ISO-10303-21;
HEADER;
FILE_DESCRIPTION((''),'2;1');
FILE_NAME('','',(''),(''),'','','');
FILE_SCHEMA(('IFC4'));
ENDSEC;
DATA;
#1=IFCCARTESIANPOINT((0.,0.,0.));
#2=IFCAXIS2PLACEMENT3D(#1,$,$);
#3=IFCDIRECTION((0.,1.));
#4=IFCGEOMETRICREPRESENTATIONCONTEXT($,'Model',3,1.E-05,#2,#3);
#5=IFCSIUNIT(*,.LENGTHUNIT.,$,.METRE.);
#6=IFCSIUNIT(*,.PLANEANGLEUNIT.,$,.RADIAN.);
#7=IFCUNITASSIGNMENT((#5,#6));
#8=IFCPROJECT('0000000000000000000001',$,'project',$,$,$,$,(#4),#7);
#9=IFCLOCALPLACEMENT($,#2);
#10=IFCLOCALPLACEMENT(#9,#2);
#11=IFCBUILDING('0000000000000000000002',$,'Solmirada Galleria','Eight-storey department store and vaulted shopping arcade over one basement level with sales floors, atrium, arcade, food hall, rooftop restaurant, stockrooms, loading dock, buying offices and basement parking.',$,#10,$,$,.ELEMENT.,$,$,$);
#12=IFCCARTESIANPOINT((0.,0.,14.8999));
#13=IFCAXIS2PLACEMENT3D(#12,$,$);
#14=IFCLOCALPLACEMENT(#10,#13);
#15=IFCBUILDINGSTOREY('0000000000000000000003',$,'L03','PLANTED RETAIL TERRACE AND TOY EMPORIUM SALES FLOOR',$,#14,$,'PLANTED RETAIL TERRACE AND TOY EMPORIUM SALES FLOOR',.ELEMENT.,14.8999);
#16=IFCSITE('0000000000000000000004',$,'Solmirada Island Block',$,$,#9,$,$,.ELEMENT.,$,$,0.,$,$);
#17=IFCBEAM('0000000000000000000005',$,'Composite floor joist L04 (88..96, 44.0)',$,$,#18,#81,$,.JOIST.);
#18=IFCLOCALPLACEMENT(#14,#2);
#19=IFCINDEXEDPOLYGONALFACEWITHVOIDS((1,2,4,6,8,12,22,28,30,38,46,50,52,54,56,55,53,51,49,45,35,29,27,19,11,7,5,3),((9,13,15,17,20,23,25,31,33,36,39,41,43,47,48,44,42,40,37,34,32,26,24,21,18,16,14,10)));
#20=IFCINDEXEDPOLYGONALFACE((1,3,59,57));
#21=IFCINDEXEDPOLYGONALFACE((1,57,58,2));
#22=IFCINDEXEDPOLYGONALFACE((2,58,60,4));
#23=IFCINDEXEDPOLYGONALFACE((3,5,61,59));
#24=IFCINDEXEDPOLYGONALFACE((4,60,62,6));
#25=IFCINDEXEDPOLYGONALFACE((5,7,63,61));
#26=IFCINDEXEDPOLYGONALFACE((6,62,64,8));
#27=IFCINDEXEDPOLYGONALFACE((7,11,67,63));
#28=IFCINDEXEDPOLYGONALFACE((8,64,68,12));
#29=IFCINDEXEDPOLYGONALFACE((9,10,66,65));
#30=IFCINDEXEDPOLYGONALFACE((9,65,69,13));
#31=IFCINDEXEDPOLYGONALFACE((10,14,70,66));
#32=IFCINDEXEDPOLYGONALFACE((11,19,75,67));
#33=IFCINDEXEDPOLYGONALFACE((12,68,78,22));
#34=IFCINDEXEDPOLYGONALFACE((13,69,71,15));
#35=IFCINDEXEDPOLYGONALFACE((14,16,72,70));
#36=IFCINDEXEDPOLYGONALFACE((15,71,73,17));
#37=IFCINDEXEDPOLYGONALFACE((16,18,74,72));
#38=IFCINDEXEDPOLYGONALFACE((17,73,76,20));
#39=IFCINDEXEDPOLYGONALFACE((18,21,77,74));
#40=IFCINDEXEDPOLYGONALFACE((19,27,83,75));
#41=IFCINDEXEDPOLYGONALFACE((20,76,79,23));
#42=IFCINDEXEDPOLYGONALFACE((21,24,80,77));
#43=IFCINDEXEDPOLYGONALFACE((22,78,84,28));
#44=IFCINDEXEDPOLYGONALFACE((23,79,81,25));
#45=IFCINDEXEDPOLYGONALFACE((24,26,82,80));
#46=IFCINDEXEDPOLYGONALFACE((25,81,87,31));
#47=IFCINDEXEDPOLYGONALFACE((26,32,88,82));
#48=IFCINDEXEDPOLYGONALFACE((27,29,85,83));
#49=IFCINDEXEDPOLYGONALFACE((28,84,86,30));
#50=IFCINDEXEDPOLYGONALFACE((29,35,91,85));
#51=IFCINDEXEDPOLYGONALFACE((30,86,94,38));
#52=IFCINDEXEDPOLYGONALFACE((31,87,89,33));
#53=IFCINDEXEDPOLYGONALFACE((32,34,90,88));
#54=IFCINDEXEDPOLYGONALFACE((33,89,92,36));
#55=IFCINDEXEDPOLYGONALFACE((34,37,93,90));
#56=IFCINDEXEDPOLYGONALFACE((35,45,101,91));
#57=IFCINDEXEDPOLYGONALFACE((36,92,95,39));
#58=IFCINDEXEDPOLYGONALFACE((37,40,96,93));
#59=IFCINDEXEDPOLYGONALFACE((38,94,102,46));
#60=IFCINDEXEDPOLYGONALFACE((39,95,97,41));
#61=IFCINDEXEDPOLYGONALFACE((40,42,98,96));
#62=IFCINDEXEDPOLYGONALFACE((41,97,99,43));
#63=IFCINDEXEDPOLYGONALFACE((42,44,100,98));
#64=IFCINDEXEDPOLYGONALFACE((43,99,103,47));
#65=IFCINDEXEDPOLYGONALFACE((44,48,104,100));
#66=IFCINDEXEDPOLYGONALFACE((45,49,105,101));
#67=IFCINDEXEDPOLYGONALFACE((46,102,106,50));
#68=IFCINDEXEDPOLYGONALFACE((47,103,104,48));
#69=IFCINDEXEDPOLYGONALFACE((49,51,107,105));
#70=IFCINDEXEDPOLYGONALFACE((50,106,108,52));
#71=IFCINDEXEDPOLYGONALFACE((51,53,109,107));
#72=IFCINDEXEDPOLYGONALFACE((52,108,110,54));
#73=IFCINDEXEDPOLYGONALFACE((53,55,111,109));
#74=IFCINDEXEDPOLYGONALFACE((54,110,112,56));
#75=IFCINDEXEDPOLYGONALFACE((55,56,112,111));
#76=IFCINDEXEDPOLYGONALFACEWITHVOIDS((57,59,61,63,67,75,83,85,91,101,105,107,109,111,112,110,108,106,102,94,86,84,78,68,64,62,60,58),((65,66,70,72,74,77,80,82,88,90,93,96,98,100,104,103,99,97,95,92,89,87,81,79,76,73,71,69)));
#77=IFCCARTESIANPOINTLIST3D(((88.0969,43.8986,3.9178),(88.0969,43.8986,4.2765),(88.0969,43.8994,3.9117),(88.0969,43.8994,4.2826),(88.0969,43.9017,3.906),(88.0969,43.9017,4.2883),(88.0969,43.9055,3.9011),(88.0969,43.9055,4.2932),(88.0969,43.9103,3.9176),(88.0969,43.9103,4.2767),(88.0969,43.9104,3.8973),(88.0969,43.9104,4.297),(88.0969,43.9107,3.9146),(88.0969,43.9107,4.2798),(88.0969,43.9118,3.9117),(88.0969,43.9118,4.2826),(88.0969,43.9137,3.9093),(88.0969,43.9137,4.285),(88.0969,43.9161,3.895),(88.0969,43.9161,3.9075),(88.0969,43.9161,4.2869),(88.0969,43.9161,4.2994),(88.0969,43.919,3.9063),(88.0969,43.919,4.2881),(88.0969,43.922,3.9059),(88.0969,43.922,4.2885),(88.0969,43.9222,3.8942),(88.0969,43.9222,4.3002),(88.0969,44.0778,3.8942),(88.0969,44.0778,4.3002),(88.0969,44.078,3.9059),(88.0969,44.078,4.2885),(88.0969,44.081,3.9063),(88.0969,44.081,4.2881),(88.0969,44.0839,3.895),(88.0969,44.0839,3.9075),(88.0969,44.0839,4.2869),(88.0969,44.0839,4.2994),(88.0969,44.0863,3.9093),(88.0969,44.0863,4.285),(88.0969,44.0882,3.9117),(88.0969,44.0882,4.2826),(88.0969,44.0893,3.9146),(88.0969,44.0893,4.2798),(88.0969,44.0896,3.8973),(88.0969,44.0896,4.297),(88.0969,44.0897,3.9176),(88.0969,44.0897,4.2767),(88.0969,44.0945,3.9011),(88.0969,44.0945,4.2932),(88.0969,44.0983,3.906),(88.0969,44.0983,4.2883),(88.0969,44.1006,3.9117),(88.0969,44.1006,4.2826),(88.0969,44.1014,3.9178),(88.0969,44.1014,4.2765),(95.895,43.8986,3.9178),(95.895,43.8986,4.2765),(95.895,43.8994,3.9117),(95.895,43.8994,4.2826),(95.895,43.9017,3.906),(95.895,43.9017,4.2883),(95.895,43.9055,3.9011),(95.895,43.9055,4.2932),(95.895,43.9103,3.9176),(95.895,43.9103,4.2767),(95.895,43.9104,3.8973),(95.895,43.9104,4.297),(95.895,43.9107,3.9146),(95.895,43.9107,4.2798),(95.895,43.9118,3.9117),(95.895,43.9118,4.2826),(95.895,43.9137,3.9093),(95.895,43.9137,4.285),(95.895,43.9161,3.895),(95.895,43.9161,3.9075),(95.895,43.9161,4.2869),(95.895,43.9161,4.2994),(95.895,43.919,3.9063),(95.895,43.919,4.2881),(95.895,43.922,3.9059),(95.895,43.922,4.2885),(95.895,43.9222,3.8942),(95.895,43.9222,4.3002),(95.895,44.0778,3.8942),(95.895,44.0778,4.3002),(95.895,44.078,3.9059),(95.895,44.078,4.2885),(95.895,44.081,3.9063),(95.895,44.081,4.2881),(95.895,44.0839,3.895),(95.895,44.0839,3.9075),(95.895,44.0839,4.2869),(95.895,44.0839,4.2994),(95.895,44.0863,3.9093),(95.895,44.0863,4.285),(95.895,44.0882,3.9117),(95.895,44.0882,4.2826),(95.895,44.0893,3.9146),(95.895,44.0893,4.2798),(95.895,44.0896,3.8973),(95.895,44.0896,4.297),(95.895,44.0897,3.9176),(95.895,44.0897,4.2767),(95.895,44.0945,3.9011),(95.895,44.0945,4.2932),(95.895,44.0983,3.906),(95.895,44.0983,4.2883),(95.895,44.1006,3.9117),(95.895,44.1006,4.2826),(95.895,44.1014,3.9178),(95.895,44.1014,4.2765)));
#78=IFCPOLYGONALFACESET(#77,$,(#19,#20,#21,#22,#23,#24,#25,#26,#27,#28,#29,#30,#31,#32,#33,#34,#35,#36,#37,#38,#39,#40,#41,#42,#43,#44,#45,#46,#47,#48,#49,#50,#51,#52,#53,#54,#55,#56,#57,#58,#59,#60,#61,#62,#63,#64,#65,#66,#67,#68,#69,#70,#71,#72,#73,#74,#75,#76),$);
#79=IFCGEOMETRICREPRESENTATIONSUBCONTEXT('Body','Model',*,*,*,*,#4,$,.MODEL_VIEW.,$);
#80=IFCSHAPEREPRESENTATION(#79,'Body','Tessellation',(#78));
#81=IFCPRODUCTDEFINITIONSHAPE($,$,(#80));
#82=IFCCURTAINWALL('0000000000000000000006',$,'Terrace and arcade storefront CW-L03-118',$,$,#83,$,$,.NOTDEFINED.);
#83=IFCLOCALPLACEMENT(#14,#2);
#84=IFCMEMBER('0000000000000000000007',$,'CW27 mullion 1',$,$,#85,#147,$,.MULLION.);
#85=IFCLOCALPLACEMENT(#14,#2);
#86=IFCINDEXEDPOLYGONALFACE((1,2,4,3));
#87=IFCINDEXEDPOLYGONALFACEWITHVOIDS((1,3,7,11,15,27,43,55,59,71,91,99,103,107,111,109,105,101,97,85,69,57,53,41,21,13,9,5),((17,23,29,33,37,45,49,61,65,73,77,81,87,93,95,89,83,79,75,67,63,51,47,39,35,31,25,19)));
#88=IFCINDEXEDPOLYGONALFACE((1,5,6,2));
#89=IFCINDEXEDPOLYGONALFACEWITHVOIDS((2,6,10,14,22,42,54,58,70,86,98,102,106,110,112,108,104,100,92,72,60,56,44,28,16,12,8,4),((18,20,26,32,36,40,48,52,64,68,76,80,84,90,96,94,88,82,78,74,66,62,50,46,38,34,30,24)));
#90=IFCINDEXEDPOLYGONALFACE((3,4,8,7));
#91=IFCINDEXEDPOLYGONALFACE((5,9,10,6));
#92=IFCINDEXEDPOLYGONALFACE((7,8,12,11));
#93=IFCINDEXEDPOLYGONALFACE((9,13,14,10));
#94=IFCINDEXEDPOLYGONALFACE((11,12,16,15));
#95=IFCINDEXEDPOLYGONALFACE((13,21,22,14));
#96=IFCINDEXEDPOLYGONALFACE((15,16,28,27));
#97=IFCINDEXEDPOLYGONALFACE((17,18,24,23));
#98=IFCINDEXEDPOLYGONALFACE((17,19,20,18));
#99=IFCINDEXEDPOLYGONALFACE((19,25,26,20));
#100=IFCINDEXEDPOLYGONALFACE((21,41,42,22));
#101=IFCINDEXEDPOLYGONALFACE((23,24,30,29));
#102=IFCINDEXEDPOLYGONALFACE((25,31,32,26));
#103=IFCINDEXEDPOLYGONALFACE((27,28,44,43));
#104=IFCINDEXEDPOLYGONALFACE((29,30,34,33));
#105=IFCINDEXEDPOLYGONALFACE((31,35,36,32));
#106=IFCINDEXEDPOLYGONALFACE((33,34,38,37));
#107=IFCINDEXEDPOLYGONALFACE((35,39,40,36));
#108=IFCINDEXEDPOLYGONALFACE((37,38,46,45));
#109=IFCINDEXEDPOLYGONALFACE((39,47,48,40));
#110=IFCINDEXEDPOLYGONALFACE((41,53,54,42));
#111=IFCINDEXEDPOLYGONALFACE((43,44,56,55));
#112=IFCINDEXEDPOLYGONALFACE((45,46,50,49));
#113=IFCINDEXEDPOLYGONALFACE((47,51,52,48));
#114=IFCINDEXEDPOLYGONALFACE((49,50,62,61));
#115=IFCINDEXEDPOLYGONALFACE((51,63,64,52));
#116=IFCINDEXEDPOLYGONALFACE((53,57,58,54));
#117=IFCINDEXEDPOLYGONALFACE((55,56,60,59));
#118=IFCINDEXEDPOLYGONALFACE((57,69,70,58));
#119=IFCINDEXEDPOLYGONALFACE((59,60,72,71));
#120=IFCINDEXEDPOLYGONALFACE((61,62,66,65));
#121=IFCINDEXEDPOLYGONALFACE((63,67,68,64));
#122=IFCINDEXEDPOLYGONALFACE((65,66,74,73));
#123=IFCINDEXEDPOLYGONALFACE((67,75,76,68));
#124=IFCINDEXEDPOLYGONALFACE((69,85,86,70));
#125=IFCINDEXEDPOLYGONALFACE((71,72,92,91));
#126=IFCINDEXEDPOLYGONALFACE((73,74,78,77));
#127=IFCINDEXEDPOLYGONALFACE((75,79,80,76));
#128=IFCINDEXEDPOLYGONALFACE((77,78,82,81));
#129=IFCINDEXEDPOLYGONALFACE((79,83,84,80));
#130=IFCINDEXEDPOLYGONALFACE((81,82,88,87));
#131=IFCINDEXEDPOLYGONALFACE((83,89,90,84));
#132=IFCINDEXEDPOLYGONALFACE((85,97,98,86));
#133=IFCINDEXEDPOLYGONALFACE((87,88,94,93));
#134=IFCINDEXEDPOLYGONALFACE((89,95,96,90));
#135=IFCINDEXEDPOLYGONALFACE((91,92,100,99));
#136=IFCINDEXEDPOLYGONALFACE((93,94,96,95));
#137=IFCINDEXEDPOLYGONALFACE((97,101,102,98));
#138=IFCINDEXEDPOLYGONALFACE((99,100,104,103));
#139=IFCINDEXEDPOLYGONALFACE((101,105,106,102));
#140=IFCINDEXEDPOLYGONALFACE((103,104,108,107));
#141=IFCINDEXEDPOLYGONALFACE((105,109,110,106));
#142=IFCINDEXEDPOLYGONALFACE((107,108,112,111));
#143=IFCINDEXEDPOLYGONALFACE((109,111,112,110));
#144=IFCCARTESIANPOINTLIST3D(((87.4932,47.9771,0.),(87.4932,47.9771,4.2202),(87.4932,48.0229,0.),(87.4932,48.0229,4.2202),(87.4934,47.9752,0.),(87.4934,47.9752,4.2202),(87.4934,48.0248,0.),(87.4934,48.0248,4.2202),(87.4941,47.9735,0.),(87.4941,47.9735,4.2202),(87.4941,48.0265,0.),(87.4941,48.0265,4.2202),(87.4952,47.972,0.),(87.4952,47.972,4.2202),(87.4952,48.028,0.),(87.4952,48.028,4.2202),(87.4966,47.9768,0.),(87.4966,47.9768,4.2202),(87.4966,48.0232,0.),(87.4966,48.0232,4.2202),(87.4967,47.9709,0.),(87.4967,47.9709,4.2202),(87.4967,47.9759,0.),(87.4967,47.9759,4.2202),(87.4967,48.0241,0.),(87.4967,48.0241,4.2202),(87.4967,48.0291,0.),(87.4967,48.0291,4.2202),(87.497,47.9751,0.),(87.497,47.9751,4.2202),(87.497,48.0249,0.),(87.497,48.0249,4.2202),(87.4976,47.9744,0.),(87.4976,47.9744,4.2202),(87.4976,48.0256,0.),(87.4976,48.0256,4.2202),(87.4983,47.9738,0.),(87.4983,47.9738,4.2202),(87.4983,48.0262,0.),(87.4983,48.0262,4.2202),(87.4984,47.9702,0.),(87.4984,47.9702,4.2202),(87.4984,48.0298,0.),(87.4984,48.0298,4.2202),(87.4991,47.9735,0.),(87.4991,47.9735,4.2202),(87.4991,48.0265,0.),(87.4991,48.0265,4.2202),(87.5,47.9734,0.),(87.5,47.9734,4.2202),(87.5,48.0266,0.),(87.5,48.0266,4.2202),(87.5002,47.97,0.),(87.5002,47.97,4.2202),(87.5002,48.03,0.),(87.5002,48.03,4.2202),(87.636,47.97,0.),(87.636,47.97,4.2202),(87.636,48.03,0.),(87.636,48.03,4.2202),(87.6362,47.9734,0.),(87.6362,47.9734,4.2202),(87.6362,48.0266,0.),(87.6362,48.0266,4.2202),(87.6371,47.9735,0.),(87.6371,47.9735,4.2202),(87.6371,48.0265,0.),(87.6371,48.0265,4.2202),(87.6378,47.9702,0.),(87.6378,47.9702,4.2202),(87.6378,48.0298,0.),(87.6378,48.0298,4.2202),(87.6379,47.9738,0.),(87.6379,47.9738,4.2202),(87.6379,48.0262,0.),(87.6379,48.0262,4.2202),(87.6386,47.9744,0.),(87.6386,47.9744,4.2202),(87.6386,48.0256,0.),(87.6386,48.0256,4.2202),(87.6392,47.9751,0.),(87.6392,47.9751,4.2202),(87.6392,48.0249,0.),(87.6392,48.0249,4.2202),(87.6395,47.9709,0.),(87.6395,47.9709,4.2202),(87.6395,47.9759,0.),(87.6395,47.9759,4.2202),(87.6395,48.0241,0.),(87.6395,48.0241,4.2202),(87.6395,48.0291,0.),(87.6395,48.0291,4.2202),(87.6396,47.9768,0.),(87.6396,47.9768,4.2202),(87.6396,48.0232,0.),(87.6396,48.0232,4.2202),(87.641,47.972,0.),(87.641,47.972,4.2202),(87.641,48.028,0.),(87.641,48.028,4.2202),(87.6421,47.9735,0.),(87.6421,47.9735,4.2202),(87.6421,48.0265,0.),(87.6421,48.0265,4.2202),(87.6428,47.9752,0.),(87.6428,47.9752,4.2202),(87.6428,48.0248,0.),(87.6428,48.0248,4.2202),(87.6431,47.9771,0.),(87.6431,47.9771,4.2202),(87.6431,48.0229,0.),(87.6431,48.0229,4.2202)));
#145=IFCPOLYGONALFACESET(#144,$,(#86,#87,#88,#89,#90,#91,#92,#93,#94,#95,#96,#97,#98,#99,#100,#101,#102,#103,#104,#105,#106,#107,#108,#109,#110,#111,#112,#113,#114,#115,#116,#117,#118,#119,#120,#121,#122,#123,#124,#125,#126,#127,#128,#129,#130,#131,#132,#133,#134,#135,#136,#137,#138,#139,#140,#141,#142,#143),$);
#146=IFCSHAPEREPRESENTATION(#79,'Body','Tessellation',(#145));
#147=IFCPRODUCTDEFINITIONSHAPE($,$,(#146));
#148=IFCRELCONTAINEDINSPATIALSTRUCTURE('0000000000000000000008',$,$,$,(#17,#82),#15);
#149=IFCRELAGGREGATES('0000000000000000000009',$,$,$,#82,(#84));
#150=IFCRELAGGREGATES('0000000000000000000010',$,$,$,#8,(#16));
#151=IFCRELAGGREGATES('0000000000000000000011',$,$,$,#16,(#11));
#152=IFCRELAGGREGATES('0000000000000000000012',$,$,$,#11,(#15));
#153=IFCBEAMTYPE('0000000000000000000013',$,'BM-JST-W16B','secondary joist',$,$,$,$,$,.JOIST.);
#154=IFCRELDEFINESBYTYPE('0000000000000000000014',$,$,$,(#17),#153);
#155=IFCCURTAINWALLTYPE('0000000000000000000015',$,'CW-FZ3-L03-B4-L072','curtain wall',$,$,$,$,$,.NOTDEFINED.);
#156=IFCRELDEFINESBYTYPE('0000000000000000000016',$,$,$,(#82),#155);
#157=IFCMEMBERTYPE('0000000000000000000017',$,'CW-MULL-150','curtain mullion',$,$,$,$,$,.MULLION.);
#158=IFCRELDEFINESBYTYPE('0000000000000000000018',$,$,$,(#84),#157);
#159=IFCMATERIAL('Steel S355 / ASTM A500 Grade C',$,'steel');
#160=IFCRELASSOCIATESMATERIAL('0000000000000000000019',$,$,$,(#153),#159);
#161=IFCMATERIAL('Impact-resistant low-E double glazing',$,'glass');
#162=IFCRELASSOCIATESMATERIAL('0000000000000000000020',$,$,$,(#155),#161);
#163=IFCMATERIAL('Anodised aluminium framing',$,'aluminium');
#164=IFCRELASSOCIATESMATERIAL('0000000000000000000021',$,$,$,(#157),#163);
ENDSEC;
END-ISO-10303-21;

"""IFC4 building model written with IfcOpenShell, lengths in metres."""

from ifc_helpers import new_model, si_unit, direction, frame, origin, origin_2d, place, context, subcontext, project, spatial, hollow_rectangle, extrude, material, material_profile, profile_set, type_object, element, aggregate, save


model = new_model("IFC4")

# Units and contexts
model_context = context("Model", 3, precision=1e-05, world=origin(), true_north=direction((0.0, 1.0)))
body_context = subcontext(model_context, "Body", "Model", "MODEL_VIEW")
ifc_project = project(units=[si_unit("LENGTHUNIT", "METRE"), si_unit("PLANEANGLEUNIT", "RADIAN")], contexts=[model_context])

# Site, building, storey
site_placement = place(None, origin())
site = spatial("IfcSite", under=ifc_project, at=site_placement, Name="Solmirada Island Block", CompositionType="ELEMENT", RefElevation=0.0)
building_placement = place(site_placement, origin())
building = spatial("IfcBuilding", under=site, at=building_placement, Name="Solmirada Galleria", Description="Eight-storey department store and vaulted shopping arcade over one basement level with sales floors, atrium, arcade, food hall, rooftop restaurant, stockrooms, loading dock, buying offices and basement parking.", CompositionType="ELEMENT")
storey_placement = place(building_placement, frame((0.0, 0.0, 14.8999)))
storey = spatial("IfcBuildingStorey", under=building, at=storey_placement, Name="L03", Description="PLANTED RETAIL TERRACE AND TOY EMPORIUM SALES FLOOR", LongName="PLANTED RETAIL TERRACE AND TOY EMPORIUM SALES FLOOR", CompositionType="ELEMENT", Elevation=14.8999)

# Beam
ifc_material_1 = material(Name="Steel S355 / ASTM A500 Grade C", Category="steel")
ifc_material_profile_1 = material_profile(ifc_material_1, hollow_rectangle(XDim=0.2029, YDim=0.406, WallThickness=0.0117, InnerFilletRadius=0.0117, OuterFilletRadius=0.0237, at=origin_2d()), Name="HSS16X8X1/2")
ifc_profile_set_1 = profile_set([ifc_material_profile_1], Name="Steel S355 / ASTM A500 Grade C")
beam_type_1 = type_object("IfcBeamType", Name="BM-JST-W16B", Description="secondary joist", PredefinedType="JOIST", material=ifc_profile_set_1)
beam_1_placement = place(storey_placement, frame((88.0969, 44.0, 4.0972), z_axis=(1.0, 0.0, 0.0), x_axis=(0.0, 1.0, 0.0)))
element("IfcBeam", 1, at=beam_1_placement, inside=storey, type_object=beam_type_1, Name="Composite floor joist L04 (88..96, 44.0)", PredefinedType="JOIST", context=body_context, shape_type="SweptSolid", body=[
    extrude(hollow_rectangle(XDim=0.2029, YDim=0.406, WallThickness=0.0117, InnerFilletRadius=0.0117, OuterFilletRadius=0.0237, at=origin_2d()), origin(), (0.0, 0.0, 1.0), 7.7981),
])

# Curtain wall, member
ifc_material_2 = material(Name="Impact-resistant low-E double glazing", Category="glass")
curtain_wall_type = type_object("IfcCurtainWallType", Name="CW-FZ3-L03-B4-L072", Description="curtain wall", PredefinedType="NOTDEFINED", material=ifc_material_2)
curtain_wall_1_placement = place(storey_placement, origin())
curtain_wall_1 = element("IfcCurtainWall", 2, at=curtain_wall_1_placement, inside=storey, type_object=curtain_wall_type, Name="Terrace and arcade storefront CW-L03-118", PredefinedType="NOTDEFINED")
ifc_material_3 = material(Name="Anodised aluminium framing", Category="aluminium")
ifc_material_profile_2 = material_profile(ifc_material_3, hollow_rectangle(XDim=0.0601, YDim=0.1499, WallThickness=0.0034, InnerFilletRadius=0.0034, OuterFilletRadius=0.0071, at=origin_2d()), Name="ALU-MULL-150X60")
ifc_profile_set_2 = profile_set([ifc_material_profile_2], Name="Anodised aluminium framing")
member_type_1 = type_object("IfcMemberType", Name="CW-MULL-150", Description="curtain mullion", PredefinedType="MULLION", material=ifc_profile_set_2)
member_1_placement = place(storey_placement, frame((87.5681, 48.0, 0.0), z_axis=(0.0, 0.0, 1.0), x_axis=(0.0, -1.0, 0.0)))
member_1 = element("IfcMember", 3, at=member_1_placement, type_object=member_type_1, Name="CW27 mullion 1", PredefinedType="MULLION", context=body_context, shape_type="SweptSolid", body=[
    extrude(hollow_rectangle(XDim=0.0601, YDim=0.1499, WallThickness=0.0034, InnerFilletRadius=0.0034, OuterFilletRadius=0.0071, at=origin_2d()), origin(), (0.0, 0.0, 1.0), 4.2202),
])

aggregate(curtain_wall_1, [member_1])

save(model, "model.ifc")
